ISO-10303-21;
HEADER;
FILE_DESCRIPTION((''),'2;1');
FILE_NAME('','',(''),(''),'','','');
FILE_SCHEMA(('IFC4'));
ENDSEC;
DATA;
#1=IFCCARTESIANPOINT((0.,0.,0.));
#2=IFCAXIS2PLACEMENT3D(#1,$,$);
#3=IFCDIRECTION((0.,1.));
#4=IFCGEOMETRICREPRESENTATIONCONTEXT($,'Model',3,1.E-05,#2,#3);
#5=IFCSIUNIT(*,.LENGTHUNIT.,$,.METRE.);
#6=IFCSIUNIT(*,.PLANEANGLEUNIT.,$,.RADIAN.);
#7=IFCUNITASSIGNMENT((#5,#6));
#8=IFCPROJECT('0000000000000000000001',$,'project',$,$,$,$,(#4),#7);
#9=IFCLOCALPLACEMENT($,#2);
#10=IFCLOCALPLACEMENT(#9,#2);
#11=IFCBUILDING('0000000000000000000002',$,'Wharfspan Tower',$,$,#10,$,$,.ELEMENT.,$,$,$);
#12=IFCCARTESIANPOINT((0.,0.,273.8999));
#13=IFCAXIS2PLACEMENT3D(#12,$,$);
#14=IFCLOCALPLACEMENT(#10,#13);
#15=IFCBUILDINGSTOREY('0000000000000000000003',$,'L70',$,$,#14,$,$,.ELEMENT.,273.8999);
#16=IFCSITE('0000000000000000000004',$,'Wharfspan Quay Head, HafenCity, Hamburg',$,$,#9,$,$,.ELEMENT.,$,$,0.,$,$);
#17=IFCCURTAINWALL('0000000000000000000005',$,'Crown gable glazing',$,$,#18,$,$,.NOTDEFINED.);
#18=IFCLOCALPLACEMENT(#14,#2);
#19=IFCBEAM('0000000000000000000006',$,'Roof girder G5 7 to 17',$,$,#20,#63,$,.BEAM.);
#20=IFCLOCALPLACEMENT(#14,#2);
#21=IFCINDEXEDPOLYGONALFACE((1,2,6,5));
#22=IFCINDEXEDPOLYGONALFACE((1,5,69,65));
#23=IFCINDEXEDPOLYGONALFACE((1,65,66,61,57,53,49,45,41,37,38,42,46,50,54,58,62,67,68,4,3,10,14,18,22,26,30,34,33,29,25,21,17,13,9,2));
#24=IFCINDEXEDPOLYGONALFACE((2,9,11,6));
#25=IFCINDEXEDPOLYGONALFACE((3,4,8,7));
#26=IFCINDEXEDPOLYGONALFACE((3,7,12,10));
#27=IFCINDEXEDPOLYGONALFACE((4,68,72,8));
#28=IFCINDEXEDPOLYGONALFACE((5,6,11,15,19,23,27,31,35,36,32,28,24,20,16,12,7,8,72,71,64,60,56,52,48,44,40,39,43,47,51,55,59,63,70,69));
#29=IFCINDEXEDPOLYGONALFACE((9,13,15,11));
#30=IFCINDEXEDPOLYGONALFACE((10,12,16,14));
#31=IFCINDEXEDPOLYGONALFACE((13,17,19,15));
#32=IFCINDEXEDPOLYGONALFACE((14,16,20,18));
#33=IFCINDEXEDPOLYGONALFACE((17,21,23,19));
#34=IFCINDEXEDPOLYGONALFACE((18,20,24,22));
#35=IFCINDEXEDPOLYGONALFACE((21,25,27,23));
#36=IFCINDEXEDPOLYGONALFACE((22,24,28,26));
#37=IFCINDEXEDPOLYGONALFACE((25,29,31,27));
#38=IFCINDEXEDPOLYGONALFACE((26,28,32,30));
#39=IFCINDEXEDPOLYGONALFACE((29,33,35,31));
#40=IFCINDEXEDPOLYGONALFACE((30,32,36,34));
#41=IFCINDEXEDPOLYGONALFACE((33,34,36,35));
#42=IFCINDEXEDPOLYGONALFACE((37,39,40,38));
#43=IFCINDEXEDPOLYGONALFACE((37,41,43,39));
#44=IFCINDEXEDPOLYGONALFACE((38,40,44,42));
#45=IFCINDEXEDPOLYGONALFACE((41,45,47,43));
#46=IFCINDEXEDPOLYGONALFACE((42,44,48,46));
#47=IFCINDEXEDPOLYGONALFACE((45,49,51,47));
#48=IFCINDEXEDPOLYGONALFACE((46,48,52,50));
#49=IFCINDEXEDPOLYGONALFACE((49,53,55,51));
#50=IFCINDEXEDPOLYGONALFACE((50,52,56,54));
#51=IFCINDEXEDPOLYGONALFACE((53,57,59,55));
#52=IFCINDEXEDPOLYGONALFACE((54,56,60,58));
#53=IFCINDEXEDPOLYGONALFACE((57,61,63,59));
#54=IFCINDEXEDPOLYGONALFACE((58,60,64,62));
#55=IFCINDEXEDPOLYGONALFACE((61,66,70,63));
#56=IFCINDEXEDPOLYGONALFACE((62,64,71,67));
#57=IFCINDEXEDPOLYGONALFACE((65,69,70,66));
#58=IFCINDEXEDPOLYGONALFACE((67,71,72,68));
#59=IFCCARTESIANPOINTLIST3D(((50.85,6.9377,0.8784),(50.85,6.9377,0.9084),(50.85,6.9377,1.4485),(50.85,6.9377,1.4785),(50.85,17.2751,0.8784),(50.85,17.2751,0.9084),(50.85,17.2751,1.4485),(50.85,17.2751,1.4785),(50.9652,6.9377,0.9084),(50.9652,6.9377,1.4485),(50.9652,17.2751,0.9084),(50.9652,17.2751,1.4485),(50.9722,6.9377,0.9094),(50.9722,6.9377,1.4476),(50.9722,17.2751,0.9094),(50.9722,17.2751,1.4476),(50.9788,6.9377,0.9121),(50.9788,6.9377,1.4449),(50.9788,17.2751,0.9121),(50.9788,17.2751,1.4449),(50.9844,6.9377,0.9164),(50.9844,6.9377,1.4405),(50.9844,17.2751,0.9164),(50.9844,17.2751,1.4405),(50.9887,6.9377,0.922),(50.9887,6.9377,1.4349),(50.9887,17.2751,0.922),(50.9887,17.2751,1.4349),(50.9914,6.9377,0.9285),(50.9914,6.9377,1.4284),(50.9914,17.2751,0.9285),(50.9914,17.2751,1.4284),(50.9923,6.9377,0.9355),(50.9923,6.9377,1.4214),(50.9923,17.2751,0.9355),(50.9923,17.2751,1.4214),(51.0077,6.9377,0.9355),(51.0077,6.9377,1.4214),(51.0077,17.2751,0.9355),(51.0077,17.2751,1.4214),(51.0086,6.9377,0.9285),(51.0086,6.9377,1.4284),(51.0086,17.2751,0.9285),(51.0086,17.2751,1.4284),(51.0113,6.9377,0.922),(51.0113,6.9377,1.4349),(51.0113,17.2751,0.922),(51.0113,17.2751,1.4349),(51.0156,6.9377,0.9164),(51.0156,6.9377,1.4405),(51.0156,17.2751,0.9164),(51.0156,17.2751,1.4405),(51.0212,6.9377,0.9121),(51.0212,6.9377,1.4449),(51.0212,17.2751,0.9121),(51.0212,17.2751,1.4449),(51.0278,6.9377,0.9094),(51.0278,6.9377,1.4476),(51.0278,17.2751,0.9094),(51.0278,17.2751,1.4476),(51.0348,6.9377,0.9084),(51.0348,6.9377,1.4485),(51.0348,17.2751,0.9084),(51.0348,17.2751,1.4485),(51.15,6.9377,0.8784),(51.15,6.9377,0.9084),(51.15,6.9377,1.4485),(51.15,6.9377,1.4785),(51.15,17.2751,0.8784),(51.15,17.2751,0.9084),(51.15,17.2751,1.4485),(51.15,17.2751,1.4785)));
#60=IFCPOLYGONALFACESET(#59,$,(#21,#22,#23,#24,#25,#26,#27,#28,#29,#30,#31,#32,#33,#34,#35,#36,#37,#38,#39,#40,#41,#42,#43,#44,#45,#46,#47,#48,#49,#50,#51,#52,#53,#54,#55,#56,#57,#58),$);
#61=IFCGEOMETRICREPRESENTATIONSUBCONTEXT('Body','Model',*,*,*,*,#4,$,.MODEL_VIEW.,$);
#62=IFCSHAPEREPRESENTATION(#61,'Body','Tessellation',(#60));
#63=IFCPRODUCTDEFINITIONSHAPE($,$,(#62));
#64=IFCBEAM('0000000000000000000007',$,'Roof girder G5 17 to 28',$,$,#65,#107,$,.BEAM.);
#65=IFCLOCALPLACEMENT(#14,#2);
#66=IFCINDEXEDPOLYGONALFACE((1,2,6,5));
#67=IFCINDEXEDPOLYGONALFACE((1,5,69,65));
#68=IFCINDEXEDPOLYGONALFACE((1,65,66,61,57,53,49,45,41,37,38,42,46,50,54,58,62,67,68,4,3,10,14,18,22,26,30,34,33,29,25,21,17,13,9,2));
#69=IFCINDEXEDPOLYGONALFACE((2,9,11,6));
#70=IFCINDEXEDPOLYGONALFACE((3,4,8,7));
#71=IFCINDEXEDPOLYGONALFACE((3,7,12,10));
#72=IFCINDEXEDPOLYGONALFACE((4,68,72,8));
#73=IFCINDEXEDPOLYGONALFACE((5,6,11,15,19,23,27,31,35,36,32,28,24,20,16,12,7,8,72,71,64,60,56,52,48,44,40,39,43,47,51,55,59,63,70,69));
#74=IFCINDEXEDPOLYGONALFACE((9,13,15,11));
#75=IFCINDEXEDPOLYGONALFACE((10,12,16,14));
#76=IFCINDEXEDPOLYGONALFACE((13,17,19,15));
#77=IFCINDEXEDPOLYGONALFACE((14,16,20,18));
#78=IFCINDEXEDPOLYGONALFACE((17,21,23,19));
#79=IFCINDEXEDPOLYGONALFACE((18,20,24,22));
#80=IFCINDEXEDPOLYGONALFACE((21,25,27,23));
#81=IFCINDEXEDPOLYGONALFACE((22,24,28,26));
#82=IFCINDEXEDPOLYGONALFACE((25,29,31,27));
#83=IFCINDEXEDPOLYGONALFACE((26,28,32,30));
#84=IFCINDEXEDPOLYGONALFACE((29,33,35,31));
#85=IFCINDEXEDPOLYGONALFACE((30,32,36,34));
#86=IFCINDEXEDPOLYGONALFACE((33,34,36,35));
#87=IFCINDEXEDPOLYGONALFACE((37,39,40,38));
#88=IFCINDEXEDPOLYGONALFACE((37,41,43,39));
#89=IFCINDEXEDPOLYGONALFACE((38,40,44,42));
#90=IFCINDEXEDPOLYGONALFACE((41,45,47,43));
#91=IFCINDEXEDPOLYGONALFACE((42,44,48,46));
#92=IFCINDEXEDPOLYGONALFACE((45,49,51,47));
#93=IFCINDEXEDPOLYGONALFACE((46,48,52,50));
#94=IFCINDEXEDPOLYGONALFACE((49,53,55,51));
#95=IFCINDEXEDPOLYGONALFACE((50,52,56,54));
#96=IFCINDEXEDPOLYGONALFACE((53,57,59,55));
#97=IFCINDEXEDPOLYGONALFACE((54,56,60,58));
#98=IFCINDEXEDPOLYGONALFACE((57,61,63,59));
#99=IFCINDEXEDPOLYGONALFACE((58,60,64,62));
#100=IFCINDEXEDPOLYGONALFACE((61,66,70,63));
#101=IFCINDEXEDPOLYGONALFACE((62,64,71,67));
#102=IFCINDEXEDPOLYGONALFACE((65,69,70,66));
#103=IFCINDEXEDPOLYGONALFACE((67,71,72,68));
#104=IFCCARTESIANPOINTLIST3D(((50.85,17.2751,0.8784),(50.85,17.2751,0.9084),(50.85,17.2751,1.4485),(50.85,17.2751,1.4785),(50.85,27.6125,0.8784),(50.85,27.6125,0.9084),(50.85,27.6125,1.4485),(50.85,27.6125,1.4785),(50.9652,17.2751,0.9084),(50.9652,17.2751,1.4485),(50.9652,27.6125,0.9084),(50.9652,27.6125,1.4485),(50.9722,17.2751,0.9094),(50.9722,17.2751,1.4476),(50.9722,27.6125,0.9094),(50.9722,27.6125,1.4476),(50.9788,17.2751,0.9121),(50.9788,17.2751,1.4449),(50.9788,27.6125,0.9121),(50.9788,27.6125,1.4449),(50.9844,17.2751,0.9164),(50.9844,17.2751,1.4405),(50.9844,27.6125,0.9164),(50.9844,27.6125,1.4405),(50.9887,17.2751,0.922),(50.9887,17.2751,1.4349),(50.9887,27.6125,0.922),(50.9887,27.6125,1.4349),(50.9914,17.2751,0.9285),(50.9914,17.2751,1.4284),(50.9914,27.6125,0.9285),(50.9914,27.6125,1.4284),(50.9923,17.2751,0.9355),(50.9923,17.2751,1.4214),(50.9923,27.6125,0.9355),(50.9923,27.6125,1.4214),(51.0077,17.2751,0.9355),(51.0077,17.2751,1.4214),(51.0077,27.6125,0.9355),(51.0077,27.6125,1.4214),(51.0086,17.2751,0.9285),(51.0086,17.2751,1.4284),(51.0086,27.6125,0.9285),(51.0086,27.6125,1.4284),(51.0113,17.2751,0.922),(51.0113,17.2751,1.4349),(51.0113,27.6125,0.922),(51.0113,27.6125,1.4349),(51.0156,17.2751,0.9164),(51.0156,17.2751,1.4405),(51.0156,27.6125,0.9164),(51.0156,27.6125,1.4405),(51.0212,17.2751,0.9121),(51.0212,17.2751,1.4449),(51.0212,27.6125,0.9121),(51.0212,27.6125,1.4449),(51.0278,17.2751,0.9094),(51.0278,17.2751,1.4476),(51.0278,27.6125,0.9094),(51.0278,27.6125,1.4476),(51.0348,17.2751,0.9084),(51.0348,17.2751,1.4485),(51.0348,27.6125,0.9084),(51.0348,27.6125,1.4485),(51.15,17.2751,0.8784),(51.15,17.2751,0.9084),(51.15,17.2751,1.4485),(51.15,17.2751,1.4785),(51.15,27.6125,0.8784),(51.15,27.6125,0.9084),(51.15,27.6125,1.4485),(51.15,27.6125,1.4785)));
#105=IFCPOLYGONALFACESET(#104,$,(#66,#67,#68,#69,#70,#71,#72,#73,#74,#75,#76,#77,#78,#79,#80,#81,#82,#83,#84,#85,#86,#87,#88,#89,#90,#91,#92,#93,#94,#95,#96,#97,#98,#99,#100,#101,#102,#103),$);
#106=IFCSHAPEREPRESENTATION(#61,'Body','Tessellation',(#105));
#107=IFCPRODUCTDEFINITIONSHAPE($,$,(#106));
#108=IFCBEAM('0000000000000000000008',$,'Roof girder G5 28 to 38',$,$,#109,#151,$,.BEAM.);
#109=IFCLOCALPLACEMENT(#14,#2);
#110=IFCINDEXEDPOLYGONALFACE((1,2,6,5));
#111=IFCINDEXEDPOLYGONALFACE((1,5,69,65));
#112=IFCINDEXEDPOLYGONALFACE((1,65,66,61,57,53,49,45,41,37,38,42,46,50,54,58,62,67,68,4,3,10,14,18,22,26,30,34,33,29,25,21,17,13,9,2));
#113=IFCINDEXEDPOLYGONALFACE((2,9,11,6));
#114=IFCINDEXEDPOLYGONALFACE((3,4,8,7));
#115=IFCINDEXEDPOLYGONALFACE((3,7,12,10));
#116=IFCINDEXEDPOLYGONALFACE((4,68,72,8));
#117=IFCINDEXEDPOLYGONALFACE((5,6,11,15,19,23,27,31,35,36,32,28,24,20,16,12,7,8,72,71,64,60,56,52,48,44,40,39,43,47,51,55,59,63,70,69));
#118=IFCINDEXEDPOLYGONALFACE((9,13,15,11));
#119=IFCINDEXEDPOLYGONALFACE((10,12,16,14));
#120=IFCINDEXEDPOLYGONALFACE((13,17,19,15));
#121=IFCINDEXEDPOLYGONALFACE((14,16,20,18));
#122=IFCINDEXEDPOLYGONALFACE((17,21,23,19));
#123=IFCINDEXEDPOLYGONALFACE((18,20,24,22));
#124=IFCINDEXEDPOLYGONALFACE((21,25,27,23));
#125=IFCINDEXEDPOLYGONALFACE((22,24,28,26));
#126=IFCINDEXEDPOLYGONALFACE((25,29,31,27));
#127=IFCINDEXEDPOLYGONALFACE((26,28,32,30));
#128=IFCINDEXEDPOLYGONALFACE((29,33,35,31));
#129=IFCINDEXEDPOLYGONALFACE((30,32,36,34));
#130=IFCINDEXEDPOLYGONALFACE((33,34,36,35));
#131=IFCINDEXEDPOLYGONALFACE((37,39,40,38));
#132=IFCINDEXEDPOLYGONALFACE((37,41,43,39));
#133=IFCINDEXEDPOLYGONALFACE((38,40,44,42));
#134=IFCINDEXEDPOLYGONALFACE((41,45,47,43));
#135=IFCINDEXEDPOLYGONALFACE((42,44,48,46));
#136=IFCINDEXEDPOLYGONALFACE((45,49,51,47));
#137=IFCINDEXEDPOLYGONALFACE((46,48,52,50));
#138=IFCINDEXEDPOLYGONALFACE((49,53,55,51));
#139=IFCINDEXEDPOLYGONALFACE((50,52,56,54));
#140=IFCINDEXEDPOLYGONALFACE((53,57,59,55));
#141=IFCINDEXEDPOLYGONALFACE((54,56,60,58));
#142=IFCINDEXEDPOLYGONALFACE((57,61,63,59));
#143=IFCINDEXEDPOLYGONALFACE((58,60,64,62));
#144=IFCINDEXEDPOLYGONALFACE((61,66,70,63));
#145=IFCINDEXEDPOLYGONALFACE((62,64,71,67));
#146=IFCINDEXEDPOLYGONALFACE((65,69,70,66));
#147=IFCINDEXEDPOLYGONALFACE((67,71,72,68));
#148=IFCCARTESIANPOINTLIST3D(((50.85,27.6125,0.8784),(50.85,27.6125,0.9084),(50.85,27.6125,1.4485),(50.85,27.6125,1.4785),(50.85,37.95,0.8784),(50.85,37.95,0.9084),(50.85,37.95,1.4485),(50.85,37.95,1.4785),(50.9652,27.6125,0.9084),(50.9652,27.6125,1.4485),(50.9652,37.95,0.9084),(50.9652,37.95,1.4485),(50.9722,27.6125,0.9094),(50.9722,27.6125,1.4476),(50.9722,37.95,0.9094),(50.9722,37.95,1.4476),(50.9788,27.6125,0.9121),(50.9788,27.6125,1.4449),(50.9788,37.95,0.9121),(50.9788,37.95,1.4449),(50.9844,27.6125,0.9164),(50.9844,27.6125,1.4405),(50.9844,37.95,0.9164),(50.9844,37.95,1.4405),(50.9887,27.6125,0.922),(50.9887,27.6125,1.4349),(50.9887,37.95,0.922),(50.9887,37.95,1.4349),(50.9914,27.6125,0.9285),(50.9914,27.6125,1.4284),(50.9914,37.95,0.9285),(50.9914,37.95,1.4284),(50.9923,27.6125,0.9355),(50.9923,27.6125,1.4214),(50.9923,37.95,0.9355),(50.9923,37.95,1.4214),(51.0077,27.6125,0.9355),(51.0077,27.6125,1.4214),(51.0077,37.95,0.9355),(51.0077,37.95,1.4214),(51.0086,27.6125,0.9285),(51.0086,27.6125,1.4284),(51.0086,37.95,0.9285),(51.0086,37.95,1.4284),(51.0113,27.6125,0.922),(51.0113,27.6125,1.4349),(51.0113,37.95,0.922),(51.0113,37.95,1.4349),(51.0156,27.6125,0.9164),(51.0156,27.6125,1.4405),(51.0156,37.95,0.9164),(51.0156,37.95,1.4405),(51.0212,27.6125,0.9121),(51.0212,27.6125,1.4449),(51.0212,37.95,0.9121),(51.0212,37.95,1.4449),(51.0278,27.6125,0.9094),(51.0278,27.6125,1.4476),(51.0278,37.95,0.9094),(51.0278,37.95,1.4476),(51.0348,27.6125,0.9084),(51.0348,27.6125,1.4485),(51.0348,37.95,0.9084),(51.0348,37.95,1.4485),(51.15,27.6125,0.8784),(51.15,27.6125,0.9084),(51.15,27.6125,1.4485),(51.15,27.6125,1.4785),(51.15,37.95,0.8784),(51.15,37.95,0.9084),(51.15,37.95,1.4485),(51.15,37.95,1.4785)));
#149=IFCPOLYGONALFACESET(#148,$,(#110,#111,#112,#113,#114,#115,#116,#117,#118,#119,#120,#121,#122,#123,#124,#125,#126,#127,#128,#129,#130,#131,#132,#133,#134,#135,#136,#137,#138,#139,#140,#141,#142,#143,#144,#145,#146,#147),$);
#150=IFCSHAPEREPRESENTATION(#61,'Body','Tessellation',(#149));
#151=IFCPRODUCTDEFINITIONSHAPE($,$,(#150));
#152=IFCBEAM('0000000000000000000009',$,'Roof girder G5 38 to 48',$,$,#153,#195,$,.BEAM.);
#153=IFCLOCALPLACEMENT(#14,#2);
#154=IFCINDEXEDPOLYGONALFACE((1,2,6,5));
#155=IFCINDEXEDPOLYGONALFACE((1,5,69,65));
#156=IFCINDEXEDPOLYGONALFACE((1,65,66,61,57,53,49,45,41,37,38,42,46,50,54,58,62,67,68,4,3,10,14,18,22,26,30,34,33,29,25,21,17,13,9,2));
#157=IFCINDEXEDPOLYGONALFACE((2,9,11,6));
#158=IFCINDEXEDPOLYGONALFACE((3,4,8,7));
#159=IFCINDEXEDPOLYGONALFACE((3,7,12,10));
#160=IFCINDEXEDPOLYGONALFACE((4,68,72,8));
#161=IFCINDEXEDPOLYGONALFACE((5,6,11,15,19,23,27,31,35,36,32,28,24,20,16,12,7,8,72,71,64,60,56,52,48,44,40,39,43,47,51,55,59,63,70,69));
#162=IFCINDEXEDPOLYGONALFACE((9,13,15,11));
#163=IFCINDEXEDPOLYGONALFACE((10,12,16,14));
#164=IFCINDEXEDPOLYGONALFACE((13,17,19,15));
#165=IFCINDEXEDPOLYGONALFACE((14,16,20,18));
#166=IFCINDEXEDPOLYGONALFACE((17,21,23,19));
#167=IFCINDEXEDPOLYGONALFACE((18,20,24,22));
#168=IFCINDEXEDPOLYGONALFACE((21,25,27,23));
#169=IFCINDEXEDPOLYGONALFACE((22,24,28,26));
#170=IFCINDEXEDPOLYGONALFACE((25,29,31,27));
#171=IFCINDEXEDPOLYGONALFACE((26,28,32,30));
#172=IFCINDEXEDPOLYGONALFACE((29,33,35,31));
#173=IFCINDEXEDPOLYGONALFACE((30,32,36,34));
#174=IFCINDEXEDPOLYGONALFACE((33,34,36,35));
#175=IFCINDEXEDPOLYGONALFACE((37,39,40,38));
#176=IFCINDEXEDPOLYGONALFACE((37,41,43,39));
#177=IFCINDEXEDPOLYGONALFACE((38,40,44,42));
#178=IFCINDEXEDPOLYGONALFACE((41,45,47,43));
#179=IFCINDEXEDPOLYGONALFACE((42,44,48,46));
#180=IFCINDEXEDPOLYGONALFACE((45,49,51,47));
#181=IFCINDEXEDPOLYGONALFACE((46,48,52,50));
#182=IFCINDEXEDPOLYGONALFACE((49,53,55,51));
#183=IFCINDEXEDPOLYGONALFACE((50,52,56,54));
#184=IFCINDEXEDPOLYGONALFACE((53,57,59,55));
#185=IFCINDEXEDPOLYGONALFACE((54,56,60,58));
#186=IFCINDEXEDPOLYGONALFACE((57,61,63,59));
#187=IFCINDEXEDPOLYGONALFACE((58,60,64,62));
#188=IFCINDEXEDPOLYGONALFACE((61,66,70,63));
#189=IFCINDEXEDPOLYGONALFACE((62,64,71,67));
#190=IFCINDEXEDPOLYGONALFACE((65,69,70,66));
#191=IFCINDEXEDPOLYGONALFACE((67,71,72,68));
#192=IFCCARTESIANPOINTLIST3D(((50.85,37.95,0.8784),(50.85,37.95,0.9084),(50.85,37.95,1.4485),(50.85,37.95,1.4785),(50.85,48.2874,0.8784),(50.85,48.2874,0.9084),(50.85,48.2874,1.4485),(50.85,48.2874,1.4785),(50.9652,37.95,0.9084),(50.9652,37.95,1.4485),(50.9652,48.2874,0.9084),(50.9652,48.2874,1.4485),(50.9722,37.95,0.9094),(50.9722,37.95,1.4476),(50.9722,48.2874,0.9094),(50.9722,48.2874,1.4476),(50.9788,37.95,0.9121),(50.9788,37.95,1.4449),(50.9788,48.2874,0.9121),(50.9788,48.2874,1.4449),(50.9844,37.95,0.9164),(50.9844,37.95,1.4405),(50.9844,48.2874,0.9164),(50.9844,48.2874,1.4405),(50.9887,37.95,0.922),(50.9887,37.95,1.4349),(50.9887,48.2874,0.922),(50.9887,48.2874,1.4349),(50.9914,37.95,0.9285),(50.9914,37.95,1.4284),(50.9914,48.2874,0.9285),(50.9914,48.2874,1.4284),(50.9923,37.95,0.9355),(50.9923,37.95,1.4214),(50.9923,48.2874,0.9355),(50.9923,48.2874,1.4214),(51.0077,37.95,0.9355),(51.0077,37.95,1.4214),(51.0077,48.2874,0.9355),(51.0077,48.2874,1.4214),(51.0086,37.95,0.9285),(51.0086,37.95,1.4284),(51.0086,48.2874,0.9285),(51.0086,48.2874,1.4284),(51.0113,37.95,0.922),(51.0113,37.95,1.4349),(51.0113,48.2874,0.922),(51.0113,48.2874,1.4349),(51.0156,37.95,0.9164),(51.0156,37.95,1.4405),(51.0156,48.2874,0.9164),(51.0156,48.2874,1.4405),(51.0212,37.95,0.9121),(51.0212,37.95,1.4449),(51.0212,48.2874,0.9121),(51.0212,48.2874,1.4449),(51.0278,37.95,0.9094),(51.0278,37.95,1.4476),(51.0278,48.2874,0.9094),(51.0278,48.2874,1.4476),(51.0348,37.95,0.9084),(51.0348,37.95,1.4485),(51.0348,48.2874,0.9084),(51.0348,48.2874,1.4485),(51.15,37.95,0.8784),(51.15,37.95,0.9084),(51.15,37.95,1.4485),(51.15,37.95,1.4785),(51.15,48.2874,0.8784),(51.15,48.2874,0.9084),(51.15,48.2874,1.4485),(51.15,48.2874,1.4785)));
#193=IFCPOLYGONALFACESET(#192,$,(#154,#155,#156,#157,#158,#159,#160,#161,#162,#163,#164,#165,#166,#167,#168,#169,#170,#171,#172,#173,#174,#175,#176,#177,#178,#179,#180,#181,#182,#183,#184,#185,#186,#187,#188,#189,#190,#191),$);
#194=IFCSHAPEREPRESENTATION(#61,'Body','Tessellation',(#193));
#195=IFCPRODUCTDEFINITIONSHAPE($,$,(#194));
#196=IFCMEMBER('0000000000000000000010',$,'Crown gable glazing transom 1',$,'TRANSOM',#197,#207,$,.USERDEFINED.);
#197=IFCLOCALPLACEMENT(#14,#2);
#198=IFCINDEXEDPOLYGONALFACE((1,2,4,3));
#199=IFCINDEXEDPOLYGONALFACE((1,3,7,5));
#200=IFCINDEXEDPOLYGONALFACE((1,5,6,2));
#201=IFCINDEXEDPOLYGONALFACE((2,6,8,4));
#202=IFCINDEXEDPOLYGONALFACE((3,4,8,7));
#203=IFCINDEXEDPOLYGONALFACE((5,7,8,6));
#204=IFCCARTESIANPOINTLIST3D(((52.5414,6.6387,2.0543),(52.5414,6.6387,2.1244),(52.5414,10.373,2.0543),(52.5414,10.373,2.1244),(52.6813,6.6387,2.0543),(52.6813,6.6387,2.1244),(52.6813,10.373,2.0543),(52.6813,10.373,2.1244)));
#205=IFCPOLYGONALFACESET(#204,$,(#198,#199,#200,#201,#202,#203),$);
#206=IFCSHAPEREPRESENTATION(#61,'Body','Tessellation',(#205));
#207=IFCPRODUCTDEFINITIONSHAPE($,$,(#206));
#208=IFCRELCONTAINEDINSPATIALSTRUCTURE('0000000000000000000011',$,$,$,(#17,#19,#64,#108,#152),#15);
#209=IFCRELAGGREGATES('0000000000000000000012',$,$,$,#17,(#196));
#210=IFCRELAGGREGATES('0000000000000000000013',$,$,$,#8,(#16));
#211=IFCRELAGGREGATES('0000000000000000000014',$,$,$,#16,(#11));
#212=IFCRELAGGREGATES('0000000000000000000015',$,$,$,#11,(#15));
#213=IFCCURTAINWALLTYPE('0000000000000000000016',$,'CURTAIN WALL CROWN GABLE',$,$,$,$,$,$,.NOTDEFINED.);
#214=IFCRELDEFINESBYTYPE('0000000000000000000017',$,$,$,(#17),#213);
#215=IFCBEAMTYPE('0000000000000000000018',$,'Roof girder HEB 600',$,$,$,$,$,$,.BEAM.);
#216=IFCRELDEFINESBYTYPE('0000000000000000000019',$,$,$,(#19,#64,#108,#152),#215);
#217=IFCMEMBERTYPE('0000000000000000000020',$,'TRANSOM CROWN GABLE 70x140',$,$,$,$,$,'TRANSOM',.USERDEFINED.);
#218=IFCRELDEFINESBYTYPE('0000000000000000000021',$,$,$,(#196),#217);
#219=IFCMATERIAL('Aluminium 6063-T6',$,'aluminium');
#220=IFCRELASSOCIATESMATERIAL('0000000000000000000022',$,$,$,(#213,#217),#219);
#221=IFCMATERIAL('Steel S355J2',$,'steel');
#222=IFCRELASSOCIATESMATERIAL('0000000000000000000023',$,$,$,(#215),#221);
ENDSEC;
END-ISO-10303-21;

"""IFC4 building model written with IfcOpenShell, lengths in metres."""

from ifc_helpers import new_model, si_unit, direction, frame, origin, origin_2d, place, context, subcontext, project, spatial, rectangle, i_section, extrude, material, material_profile, profile_set, type_object, element, aggregate, save


model = new_model("IFC4")

# Units and contexts
model_context = context("Model", 3, precision=1e-05, world=origin(), true_north=direction((0.0, 1.0)))
body_context = subcontext(model_context, "Body", "Model", "MODEL_VIEW")
ifc_project = project(units=[si_unit("LENGTHUNIT", "METRE"), si_unit("PLANEANGLEUNIT", "RADIAN")], contexts=[model_context])

# Site, building, storey
site_placement = place(None, origin())
site = spatial("IfcSite", under=ifc_project, at=site_placement, Name="Wharfspan Quay Head, HafenCity, Hamburg", CompositionType="ELEMENT", RefElevation=0.0)
building_placement = place(site_placement, origin())
building = spatial("IfcBuilding", under=site, at=building_placement, Name="Wharfspan Tower", CompositionType="ELEMENT")
storey_placement = place(building_placement, frame((0.0, 0.0, 273.8999)))
storey = spatial("IfcBuildingStorey", under=building, at=storey_placement, Name="L70", CompositionType="ELEMENT", Elevation=273.8999)

# Curtain wall
ifc_material_1 = material(Name="Aluminium 6063-T6", Category="aluminium")
curtain_wall_type = type_object("IfcCurtainWallType", Name="CURTAIN WALL CROWN GABLE", PredefinedType="NOTDEFINED", material=ifc_material_1)
curtain_wall_placement = place(storey_placement, origin())
curtain_wall = element("IfcCurtainWall", 1, at=curtain_wall_placement, inside=storey, type_object=curtain_wall_type, Name="Crown gable glazing", PredefinedType="NOTDEFINED")

# Beams
ifc_material_2 = material(Name="Steel S355J2", Category="steel")
ifc_material_profile_1 = material_profile(ifc_material_2, i_section(OverallWidth=0.3, OverallDepth=0.6001, WebThickness=0.0154, FlangeThickness=0.03, FilletRadius=0.0271, at=origin_2d()))
ifc_profile_set_1 = profile_set([ifc_material_profile_1], Name="Steel S355J2")
beam_type = type_object("IfcBeamType", Name="Roof girder HEB 600", PredefinedType="BEAM", material=ifc_profile_set_1)
for number, where, z_axis, x_axis, name in (
    (2, (51.0, 6.9377, 1.1785), (0.0, 1.0, 0.0), (-1.0, 0.0, 0.0), "Roof girder G5 7 to 17"),
    (3, (51.0, 17.2751, 1.1785), (0.0, 1.0, 0.0), (-1.0, 0.0, 0.0), "Roof girder G5 17 to 28"),
    (4, (51.0, 27.6125, 1.1785), (0.0, 1.0, 0.0), (-1.0, 0.0, 0.0), "Roof girder G5 28 to 38"),
    (5, (51.0, 37.95, 1.1785), (0.0, 1.0, 0.0), (-1.0, 0.0, 0.0), "Roof girder G5 38 to 48"),
):
    element("IfcBeam", number, at=place(storey_placement, frame(where, z_axis=z_axis, x_axis=x_axis)), inside=storey, type_object=beam_type, Name=name, PredefinedType="BEAM", context=body_context, shape_type="SweptSolid", body=[
        extrude(i_section(OverallWidth=0.3, OverallDepth=0.6001, WebThickness=0.0154, FlangeThickness=0.03, FilletRadius=0.0271, at=origin_2d()), origin(), (0.0, 0.0, 1.0), 10.3374),
    ])

# Member
ifc_material_profile_2 = material_profile(ifc_material_1, rectangle(XDim=0.1399, YDim=0.0701, at=origin_2d()))
ifc_profile_set_2 = profile_set([ifc_material_profile_2], Name="Aluminium 6063-T6")
member_type_1 = type_object("IfcMemberType", Name="TRANSOM CROWN GABLE 70x140", ElementType="TRANSOM", PredefinedType="USERDEFINED", material=ifc_profile_set_2)
member_1_placement = place(storey_placement, frame((52.6113, 6.6387, 2.0894), z_axis=(0.0, 1.0, 0.0), x_axis=(-1.0, 0.0, 0.0)))
member_1 = element("IfcMember", 6, at=member_1_placement, type_object=member_type_1, Name="Crown gable glazing transom 1", ObjectType="TRANSOM", PredefinedType="USERDEFINED", context=body_context, shape_type="SweptSolid", body=[
    extrude(rectangle(XDim=0.1399, YDim=0.0701, at=origin_2d()), origin(), (0.0, 0.0, 1.0), 3.7344),
])

aggregate(curtain_wall, [member_1])

save(model, "model.ifc")
